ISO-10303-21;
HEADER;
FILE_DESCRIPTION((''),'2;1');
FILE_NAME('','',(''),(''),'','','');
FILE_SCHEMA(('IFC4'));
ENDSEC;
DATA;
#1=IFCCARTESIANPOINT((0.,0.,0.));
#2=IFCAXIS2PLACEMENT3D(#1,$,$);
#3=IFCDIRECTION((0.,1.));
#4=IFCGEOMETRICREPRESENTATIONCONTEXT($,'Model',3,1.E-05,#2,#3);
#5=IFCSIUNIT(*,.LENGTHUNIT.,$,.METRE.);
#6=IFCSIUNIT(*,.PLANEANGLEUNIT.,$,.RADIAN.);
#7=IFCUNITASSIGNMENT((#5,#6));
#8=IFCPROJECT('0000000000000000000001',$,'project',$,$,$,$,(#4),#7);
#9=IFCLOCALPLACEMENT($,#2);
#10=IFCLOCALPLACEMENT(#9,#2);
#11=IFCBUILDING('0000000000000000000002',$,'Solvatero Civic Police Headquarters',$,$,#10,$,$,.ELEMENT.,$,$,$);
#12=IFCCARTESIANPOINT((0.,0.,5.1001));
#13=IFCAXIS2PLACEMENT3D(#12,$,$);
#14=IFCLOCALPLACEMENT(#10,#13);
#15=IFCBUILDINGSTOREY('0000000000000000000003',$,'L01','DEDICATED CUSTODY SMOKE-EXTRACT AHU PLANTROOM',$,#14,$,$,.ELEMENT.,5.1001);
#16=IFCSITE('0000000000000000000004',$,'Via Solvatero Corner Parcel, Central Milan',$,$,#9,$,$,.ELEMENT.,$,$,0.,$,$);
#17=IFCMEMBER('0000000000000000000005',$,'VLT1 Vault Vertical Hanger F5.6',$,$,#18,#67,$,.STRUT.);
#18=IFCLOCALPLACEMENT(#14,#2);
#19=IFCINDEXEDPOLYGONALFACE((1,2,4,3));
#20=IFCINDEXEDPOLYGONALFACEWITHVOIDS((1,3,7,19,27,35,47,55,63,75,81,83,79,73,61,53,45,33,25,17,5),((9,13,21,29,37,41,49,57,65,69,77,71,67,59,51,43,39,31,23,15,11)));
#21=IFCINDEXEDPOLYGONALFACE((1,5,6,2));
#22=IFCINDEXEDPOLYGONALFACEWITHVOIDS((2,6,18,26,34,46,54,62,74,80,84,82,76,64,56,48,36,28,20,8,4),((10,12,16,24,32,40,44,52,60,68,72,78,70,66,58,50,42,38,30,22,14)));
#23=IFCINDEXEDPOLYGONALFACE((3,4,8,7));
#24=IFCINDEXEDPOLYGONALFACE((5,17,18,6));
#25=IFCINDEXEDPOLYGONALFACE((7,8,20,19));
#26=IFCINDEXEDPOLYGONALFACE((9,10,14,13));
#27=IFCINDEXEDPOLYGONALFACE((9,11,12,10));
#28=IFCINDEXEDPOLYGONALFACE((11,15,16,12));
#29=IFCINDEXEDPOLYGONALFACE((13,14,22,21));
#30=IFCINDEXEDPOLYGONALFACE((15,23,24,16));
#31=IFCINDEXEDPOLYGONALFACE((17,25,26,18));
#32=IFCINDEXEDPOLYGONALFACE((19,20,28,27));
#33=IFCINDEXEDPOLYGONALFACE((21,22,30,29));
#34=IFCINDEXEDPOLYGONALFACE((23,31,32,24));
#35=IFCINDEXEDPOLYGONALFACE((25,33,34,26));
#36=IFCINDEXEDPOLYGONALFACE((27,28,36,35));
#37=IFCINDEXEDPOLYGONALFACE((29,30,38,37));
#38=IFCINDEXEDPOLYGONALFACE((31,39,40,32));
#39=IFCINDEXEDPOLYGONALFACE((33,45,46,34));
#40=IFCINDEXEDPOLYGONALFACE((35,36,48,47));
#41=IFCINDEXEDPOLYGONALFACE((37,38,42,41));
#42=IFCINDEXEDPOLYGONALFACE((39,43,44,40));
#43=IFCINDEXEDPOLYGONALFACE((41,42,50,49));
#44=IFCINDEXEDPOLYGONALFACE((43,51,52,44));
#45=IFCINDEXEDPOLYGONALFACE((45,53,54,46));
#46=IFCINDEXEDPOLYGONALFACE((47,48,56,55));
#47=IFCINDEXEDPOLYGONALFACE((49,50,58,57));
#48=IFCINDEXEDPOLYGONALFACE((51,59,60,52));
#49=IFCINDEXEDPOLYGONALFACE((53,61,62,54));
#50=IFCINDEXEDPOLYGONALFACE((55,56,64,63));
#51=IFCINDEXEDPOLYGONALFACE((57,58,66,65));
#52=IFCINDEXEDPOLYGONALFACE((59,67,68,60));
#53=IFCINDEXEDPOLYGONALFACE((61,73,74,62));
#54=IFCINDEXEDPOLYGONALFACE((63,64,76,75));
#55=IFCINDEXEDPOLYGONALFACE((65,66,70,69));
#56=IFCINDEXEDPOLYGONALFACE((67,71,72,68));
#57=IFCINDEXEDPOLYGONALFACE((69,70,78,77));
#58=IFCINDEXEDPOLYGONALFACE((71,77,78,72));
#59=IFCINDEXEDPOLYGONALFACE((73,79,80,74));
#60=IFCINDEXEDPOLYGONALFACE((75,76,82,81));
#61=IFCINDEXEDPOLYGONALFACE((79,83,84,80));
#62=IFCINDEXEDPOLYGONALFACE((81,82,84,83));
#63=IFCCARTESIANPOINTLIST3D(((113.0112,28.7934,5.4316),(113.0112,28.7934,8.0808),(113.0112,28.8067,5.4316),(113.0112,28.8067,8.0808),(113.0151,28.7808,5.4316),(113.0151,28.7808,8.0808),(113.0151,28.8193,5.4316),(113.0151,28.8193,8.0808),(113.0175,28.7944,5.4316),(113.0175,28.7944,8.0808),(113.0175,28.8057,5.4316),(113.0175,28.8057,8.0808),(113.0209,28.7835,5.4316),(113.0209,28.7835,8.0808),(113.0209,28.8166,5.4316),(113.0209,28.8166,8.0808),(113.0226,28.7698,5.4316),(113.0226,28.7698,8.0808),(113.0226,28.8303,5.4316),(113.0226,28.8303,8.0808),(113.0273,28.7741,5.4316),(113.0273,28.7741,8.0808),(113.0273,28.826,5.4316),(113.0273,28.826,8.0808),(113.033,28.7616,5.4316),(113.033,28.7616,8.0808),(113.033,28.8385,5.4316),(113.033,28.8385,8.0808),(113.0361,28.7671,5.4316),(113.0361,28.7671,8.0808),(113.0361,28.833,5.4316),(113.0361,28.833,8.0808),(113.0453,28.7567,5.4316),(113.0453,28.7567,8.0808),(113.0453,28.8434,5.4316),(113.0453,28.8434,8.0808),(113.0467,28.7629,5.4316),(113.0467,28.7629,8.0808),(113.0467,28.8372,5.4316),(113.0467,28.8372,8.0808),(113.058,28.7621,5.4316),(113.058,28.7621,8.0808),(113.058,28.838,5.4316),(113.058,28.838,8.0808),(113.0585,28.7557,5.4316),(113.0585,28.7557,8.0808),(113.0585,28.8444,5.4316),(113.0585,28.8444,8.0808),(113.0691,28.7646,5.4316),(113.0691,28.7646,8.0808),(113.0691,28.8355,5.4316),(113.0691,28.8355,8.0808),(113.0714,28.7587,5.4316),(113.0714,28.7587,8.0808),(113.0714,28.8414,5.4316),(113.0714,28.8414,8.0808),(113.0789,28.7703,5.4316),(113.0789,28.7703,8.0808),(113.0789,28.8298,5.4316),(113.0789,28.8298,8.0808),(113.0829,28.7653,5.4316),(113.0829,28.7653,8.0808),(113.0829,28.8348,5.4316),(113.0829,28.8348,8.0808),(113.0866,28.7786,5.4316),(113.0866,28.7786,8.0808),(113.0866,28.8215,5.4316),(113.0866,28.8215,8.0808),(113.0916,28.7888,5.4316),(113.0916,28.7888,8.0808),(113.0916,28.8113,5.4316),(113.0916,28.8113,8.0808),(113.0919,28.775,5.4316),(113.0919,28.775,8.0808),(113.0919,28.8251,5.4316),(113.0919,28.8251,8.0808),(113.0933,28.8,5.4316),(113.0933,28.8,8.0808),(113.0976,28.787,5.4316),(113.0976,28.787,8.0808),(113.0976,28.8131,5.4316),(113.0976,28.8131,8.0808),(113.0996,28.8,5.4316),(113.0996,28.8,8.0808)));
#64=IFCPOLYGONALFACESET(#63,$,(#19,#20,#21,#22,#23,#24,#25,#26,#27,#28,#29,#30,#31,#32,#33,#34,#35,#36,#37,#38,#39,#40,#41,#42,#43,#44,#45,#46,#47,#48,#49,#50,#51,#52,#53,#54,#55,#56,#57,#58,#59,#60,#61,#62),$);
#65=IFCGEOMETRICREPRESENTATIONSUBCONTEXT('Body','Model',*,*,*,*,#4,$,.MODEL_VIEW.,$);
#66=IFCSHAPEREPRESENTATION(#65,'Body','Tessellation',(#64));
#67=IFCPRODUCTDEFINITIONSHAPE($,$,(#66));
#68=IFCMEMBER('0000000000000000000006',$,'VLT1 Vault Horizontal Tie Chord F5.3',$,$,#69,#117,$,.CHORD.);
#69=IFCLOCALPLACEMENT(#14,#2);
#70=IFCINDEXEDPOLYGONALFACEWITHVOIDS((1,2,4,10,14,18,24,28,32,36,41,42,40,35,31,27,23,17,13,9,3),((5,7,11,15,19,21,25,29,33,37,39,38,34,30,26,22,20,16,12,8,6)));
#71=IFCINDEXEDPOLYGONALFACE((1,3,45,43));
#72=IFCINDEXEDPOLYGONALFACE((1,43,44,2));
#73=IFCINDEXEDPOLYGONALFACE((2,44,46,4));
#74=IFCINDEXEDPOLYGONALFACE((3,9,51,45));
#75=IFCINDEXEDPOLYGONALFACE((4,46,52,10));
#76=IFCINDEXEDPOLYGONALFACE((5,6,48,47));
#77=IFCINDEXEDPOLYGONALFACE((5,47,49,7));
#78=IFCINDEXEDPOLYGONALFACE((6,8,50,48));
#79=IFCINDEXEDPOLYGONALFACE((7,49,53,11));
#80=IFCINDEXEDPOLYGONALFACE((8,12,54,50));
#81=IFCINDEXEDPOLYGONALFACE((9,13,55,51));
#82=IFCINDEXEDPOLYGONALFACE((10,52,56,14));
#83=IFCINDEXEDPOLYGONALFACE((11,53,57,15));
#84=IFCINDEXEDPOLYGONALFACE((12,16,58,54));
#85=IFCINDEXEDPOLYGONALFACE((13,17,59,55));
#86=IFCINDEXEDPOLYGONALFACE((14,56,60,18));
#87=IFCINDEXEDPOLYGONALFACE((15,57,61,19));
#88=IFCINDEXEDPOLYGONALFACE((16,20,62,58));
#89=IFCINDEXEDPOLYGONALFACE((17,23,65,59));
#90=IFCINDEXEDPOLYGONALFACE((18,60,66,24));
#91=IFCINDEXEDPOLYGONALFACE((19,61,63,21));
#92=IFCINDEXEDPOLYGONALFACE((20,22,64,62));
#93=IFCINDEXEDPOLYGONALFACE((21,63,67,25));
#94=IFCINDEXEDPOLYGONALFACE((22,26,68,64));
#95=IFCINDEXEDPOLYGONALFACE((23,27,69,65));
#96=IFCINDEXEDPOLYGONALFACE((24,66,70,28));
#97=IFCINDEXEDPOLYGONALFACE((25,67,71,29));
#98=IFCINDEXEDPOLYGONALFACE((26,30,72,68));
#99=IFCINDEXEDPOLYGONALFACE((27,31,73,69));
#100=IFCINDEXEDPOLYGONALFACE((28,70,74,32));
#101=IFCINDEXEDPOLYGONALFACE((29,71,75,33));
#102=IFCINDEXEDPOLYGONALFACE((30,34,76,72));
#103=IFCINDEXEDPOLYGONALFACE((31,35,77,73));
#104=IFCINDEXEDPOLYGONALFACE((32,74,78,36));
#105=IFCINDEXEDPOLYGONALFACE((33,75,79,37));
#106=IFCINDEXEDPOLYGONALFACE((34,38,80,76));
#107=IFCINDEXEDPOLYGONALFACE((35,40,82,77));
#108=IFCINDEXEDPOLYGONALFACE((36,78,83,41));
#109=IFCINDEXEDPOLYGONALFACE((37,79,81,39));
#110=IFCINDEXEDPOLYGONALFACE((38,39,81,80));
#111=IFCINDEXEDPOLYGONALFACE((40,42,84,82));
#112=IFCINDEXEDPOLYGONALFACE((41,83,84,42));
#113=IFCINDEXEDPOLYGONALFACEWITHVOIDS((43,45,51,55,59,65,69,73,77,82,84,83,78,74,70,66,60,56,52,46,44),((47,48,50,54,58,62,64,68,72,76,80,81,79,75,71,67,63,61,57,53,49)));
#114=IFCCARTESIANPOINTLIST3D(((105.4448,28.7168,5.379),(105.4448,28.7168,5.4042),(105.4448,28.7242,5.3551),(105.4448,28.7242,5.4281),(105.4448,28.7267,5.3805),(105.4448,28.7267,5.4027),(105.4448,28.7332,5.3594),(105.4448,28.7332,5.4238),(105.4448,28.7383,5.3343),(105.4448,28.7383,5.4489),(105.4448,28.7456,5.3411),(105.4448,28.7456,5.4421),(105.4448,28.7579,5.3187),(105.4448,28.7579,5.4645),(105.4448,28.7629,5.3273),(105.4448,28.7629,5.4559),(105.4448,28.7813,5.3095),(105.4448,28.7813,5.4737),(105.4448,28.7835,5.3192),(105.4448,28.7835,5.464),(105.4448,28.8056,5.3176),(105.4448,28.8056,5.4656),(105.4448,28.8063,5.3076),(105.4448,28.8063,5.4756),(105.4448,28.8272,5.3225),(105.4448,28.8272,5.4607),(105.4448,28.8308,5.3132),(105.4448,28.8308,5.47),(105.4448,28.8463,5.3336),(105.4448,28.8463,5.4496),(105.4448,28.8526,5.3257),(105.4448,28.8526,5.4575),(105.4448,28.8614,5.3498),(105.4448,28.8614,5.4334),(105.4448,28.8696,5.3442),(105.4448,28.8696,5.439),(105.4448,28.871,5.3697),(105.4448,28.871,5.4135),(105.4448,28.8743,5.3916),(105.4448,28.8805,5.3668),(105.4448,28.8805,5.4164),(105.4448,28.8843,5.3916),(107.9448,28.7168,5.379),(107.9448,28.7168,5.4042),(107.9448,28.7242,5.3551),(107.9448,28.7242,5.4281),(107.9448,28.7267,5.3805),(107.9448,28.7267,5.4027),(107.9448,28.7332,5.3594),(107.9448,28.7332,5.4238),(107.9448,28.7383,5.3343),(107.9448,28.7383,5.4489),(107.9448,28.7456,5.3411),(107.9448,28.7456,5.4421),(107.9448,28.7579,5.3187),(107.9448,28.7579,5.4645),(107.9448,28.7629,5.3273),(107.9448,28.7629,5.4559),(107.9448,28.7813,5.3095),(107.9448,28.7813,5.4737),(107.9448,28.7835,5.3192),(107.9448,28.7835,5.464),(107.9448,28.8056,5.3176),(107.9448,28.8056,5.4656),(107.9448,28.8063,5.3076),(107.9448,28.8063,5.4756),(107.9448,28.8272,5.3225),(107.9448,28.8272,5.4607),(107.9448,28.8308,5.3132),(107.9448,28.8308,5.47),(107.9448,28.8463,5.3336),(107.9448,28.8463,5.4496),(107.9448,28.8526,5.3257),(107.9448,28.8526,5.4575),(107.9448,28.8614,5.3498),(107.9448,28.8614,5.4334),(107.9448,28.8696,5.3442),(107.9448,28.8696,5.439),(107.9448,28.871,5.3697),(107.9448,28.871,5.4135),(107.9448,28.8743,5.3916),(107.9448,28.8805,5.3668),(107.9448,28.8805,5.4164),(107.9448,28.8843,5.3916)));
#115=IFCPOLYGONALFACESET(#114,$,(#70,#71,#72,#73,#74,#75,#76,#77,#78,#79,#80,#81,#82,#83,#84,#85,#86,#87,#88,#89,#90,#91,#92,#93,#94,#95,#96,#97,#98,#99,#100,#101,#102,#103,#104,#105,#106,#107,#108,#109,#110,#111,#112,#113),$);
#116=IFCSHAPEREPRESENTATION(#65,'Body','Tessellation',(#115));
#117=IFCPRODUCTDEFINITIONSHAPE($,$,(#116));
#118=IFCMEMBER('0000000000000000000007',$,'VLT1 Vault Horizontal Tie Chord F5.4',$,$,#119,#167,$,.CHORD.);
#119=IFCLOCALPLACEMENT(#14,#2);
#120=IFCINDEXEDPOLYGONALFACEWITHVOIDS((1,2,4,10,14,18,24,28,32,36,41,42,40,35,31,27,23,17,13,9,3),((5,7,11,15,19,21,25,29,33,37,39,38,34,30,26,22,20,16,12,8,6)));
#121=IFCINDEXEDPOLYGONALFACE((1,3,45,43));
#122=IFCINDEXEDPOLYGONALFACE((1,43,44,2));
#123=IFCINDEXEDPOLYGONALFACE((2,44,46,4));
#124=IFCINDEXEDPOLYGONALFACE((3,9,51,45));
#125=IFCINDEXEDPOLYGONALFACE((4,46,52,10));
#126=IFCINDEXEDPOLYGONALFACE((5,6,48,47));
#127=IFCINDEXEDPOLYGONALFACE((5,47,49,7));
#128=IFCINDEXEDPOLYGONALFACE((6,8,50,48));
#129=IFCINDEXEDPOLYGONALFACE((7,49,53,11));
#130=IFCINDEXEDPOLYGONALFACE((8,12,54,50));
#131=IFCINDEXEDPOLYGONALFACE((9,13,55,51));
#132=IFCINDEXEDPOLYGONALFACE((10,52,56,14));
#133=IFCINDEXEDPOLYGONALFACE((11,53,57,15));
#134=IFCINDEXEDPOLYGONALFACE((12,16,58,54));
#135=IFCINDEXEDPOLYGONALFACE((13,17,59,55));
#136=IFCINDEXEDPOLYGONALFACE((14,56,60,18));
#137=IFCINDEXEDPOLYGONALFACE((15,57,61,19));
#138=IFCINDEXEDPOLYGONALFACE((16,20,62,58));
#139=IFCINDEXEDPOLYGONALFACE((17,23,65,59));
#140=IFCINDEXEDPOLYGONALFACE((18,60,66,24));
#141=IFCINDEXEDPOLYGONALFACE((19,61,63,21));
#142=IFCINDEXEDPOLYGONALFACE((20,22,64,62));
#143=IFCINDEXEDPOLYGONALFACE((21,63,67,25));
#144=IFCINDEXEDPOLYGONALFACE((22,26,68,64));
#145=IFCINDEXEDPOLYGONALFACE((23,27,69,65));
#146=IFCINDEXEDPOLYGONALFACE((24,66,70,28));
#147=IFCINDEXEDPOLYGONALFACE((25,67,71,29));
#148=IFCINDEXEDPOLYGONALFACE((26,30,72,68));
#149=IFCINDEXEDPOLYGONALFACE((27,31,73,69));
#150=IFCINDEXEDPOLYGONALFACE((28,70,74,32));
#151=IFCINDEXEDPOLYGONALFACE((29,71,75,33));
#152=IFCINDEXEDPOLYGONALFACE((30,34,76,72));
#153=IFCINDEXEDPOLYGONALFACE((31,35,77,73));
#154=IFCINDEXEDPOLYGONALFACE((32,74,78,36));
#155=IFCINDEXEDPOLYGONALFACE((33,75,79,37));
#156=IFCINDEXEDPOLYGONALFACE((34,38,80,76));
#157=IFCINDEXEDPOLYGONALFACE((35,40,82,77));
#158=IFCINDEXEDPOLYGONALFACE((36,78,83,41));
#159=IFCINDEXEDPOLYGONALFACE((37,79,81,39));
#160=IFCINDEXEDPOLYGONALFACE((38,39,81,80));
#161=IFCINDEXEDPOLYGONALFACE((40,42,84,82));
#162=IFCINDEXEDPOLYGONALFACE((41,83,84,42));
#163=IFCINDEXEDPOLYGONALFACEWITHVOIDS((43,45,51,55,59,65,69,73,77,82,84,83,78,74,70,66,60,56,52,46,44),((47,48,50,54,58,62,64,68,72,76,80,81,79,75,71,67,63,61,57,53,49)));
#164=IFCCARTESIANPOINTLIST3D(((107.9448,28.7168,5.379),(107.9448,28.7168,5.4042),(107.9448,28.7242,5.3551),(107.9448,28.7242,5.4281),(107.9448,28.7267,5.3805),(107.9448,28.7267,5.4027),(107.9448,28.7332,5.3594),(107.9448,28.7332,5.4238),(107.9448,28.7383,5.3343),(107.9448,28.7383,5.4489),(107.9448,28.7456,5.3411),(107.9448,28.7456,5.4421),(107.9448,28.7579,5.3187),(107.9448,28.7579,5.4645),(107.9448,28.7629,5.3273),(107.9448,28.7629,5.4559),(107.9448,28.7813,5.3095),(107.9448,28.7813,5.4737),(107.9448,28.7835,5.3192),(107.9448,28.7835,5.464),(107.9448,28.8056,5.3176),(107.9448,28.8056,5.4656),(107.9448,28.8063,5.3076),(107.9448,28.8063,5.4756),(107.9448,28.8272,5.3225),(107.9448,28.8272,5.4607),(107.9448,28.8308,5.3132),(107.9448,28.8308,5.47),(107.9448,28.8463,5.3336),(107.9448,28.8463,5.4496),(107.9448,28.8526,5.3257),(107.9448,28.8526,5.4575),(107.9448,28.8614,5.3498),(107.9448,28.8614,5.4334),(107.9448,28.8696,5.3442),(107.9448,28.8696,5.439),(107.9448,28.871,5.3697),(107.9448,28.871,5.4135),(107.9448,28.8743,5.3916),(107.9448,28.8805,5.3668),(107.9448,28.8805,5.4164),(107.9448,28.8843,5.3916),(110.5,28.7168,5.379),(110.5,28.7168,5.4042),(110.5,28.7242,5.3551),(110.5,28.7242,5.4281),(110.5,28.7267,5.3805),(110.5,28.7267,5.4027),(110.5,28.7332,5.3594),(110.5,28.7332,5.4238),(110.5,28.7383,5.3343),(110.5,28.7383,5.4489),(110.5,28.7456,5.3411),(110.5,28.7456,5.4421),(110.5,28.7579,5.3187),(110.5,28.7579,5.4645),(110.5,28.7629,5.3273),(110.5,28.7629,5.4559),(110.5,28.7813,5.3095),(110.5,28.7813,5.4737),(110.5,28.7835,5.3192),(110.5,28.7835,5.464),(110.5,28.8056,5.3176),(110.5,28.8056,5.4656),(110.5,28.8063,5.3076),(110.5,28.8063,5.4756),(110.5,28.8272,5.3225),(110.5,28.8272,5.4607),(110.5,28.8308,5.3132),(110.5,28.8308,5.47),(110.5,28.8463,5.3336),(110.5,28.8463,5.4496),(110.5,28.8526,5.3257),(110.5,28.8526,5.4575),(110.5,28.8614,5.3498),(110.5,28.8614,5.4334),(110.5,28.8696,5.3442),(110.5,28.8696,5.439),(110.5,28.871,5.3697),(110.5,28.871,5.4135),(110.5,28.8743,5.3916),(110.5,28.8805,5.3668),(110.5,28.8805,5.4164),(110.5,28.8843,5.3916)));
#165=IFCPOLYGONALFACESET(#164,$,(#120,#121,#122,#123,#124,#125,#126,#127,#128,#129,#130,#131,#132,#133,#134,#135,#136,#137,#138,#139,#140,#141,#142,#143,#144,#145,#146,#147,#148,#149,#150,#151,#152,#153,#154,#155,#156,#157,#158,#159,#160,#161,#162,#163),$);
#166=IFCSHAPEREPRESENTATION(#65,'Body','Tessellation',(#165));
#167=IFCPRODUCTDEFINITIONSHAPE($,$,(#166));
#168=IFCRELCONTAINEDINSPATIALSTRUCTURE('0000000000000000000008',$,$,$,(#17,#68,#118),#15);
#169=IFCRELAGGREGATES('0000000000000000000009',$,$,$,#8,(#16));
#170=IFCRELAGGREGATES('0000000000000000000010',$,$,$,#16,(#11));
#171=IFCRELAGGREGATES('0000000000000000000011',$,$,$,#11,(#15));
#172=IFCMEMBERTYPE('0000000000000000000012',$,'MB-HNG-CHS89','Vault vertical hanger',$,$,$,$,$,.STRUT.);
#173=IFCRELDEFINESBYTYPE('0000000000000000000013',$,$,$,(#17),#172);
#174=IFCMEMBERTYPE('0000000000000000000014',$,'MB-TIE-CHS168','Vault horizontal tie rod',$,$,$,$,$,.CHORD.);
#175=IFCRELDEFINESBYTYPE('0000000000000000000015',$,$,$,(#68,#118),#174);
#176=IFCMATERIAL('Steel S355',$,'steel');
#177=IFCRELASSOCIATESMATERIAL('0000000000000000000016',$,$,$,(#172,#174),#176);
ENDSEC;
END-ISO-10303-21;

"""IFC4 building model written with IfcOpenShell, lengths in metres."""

from ifc_helpers import new_model, si_unit, direction, frame, origin, origin_2d, place, context, subcontext, project, spatial, hollow_circle, extrude, material, material_profile, profile_set, type_object, element, save


model = new_model("IFC4")

# Units and contexts
model_context = context("Model", 3, precision=1e-05, world=origin(), true_north=direction((0.0, 1.0)))
body_context = subcontext(model_context, "Body", "Model", "MODEL_VIEW")
ifc_project = project(units=[si_unit("LENGTHUNIT", "METRE"), si_unit("PLANEANGLEUNIT", "RADIAN")], contexts=[model_context])

# Site, building, storey
site_placement = place(None, origin())
site = spatial("IfcSite", under=ifc_project, at=site_placement, Name="Via Solvatero Corner Parcel, Central Milan", CompositionType="ELEMENT", RefElevation=0.0)
building_placement = place(site_placement, origin())
building = spatial("IfcBuilding", under=site, at=building_placement, Name="Solvatero Civic Police Headquarters", CompositionType="ELEMENT")
storey_placement = place(building_placement, frame((0.0, 0.0, 5.1001)))
storey = spatial("IfcBuildingStorey", under=building, at=storey_placement, Name="L01", Description="DEDICATED CUSTODY SMOKE-EXTRACT AHU PLANTROOM", CompositionType="ELEMENT", Elevation=5.1001)

# Shared definitions
ifc_material = material(Name="Steel S355", Category="steel")

# Members
ifc_material_profile_1 = material_profile(ifc_material, hollow_circle(Radius=0.0444, WallThickness=0.0063, at=origin_2d()), Name="CHS 88.9x6.3")
ifc_profile_set_1 = profile_set([ifc_material_profile_1], Name="Steel S355")
member_type_1 = type_object("IfcMemberType", Name="MB-HNG-CHS89", Description="Vault vertical hanger", PredefinedType="STRUT", material=ifc_profile_set_1)
member_1_placement = place(storey_placement, frame((113.0552, 28.8, 5.4316), z_axis=(0.0, 0.0, 1.0), x_axis=(1.0, 0.0, 0.0)))
element("IfcMember", 1, at=member_1_placement, inside=storey, type_object=member_type_1, Name="VLT1 Vault Vertical Hanger F5.6", PredefinedType="STRUT", context=body_context, shape_type="SweptSolid", body=[
    extrude(hollow_circle(Radius=0.0444, WallThickness=0.0063, at=origin_2d()), origin(), (0.0, 0.0, 1.0), 2.6492),
])
ifc_material_profile_2 = material_profile(ifc_material, hollow_circle(Radius=0.0842, WallThickness=0.01, at=origin_2d()), Name="CHS 168.3x10.0")
ifc_profile_set_2 = profile_set([ifc_material_profile_2], Name="Steel S355")
member_type_2 = type_object("IfcMemberType", Name="MB-TIE-CHS168", Description="Vault horizontal tie rod", PredefinedType="CHORD", material=ifc_profile_set_2)
member_2_placement = place(storey_placement, frame((105.4448, 28.8, 5.3916), z_axis=(1.0, 0.0, 0.0), x_axis=(0.0, 1.0, 0.0)))
element("IfcMember", 2, at=member_2_placement, inside=storey, type_object=member_type_2, Name="VLT1 Vault Horizontal Tie Chord F5.3", PredefinedType="CHORD", context=body_context, shape_type="SweptSolid", body=[
    extrude(hollow_circle(Radius=0.0842, WallThickness=0.01, at=origin_2d()), origin(), (0.0, 0.0, 1.0), 2.5),
])
for number, where, z_axis, x_axis, name in (
    (3, (107.9448, 28.8, 5.3916), (1.0, 0.0, 0.0), (0.0, 1.0, 0.0), "VLT1 Vault Horizontal Tie Chord F5.4"),
):
    element("IfcMember", number, at=place(storey_placement, frame(where, z_axis=z_axis, x_axis=x_axis)), inside=storey, type_object=member_type_2, Name=name, PredefinedType="CHORD", context=body_context, shape_type="SweptSolid", body=[
        extrude(hollow_circle(Radius=0.0842, WallThickness=0.01, at=origin_2d()), origin(), (0.0, 0.0, 1.0), 2.5552),
    ])

save(model, "model.ifc")
